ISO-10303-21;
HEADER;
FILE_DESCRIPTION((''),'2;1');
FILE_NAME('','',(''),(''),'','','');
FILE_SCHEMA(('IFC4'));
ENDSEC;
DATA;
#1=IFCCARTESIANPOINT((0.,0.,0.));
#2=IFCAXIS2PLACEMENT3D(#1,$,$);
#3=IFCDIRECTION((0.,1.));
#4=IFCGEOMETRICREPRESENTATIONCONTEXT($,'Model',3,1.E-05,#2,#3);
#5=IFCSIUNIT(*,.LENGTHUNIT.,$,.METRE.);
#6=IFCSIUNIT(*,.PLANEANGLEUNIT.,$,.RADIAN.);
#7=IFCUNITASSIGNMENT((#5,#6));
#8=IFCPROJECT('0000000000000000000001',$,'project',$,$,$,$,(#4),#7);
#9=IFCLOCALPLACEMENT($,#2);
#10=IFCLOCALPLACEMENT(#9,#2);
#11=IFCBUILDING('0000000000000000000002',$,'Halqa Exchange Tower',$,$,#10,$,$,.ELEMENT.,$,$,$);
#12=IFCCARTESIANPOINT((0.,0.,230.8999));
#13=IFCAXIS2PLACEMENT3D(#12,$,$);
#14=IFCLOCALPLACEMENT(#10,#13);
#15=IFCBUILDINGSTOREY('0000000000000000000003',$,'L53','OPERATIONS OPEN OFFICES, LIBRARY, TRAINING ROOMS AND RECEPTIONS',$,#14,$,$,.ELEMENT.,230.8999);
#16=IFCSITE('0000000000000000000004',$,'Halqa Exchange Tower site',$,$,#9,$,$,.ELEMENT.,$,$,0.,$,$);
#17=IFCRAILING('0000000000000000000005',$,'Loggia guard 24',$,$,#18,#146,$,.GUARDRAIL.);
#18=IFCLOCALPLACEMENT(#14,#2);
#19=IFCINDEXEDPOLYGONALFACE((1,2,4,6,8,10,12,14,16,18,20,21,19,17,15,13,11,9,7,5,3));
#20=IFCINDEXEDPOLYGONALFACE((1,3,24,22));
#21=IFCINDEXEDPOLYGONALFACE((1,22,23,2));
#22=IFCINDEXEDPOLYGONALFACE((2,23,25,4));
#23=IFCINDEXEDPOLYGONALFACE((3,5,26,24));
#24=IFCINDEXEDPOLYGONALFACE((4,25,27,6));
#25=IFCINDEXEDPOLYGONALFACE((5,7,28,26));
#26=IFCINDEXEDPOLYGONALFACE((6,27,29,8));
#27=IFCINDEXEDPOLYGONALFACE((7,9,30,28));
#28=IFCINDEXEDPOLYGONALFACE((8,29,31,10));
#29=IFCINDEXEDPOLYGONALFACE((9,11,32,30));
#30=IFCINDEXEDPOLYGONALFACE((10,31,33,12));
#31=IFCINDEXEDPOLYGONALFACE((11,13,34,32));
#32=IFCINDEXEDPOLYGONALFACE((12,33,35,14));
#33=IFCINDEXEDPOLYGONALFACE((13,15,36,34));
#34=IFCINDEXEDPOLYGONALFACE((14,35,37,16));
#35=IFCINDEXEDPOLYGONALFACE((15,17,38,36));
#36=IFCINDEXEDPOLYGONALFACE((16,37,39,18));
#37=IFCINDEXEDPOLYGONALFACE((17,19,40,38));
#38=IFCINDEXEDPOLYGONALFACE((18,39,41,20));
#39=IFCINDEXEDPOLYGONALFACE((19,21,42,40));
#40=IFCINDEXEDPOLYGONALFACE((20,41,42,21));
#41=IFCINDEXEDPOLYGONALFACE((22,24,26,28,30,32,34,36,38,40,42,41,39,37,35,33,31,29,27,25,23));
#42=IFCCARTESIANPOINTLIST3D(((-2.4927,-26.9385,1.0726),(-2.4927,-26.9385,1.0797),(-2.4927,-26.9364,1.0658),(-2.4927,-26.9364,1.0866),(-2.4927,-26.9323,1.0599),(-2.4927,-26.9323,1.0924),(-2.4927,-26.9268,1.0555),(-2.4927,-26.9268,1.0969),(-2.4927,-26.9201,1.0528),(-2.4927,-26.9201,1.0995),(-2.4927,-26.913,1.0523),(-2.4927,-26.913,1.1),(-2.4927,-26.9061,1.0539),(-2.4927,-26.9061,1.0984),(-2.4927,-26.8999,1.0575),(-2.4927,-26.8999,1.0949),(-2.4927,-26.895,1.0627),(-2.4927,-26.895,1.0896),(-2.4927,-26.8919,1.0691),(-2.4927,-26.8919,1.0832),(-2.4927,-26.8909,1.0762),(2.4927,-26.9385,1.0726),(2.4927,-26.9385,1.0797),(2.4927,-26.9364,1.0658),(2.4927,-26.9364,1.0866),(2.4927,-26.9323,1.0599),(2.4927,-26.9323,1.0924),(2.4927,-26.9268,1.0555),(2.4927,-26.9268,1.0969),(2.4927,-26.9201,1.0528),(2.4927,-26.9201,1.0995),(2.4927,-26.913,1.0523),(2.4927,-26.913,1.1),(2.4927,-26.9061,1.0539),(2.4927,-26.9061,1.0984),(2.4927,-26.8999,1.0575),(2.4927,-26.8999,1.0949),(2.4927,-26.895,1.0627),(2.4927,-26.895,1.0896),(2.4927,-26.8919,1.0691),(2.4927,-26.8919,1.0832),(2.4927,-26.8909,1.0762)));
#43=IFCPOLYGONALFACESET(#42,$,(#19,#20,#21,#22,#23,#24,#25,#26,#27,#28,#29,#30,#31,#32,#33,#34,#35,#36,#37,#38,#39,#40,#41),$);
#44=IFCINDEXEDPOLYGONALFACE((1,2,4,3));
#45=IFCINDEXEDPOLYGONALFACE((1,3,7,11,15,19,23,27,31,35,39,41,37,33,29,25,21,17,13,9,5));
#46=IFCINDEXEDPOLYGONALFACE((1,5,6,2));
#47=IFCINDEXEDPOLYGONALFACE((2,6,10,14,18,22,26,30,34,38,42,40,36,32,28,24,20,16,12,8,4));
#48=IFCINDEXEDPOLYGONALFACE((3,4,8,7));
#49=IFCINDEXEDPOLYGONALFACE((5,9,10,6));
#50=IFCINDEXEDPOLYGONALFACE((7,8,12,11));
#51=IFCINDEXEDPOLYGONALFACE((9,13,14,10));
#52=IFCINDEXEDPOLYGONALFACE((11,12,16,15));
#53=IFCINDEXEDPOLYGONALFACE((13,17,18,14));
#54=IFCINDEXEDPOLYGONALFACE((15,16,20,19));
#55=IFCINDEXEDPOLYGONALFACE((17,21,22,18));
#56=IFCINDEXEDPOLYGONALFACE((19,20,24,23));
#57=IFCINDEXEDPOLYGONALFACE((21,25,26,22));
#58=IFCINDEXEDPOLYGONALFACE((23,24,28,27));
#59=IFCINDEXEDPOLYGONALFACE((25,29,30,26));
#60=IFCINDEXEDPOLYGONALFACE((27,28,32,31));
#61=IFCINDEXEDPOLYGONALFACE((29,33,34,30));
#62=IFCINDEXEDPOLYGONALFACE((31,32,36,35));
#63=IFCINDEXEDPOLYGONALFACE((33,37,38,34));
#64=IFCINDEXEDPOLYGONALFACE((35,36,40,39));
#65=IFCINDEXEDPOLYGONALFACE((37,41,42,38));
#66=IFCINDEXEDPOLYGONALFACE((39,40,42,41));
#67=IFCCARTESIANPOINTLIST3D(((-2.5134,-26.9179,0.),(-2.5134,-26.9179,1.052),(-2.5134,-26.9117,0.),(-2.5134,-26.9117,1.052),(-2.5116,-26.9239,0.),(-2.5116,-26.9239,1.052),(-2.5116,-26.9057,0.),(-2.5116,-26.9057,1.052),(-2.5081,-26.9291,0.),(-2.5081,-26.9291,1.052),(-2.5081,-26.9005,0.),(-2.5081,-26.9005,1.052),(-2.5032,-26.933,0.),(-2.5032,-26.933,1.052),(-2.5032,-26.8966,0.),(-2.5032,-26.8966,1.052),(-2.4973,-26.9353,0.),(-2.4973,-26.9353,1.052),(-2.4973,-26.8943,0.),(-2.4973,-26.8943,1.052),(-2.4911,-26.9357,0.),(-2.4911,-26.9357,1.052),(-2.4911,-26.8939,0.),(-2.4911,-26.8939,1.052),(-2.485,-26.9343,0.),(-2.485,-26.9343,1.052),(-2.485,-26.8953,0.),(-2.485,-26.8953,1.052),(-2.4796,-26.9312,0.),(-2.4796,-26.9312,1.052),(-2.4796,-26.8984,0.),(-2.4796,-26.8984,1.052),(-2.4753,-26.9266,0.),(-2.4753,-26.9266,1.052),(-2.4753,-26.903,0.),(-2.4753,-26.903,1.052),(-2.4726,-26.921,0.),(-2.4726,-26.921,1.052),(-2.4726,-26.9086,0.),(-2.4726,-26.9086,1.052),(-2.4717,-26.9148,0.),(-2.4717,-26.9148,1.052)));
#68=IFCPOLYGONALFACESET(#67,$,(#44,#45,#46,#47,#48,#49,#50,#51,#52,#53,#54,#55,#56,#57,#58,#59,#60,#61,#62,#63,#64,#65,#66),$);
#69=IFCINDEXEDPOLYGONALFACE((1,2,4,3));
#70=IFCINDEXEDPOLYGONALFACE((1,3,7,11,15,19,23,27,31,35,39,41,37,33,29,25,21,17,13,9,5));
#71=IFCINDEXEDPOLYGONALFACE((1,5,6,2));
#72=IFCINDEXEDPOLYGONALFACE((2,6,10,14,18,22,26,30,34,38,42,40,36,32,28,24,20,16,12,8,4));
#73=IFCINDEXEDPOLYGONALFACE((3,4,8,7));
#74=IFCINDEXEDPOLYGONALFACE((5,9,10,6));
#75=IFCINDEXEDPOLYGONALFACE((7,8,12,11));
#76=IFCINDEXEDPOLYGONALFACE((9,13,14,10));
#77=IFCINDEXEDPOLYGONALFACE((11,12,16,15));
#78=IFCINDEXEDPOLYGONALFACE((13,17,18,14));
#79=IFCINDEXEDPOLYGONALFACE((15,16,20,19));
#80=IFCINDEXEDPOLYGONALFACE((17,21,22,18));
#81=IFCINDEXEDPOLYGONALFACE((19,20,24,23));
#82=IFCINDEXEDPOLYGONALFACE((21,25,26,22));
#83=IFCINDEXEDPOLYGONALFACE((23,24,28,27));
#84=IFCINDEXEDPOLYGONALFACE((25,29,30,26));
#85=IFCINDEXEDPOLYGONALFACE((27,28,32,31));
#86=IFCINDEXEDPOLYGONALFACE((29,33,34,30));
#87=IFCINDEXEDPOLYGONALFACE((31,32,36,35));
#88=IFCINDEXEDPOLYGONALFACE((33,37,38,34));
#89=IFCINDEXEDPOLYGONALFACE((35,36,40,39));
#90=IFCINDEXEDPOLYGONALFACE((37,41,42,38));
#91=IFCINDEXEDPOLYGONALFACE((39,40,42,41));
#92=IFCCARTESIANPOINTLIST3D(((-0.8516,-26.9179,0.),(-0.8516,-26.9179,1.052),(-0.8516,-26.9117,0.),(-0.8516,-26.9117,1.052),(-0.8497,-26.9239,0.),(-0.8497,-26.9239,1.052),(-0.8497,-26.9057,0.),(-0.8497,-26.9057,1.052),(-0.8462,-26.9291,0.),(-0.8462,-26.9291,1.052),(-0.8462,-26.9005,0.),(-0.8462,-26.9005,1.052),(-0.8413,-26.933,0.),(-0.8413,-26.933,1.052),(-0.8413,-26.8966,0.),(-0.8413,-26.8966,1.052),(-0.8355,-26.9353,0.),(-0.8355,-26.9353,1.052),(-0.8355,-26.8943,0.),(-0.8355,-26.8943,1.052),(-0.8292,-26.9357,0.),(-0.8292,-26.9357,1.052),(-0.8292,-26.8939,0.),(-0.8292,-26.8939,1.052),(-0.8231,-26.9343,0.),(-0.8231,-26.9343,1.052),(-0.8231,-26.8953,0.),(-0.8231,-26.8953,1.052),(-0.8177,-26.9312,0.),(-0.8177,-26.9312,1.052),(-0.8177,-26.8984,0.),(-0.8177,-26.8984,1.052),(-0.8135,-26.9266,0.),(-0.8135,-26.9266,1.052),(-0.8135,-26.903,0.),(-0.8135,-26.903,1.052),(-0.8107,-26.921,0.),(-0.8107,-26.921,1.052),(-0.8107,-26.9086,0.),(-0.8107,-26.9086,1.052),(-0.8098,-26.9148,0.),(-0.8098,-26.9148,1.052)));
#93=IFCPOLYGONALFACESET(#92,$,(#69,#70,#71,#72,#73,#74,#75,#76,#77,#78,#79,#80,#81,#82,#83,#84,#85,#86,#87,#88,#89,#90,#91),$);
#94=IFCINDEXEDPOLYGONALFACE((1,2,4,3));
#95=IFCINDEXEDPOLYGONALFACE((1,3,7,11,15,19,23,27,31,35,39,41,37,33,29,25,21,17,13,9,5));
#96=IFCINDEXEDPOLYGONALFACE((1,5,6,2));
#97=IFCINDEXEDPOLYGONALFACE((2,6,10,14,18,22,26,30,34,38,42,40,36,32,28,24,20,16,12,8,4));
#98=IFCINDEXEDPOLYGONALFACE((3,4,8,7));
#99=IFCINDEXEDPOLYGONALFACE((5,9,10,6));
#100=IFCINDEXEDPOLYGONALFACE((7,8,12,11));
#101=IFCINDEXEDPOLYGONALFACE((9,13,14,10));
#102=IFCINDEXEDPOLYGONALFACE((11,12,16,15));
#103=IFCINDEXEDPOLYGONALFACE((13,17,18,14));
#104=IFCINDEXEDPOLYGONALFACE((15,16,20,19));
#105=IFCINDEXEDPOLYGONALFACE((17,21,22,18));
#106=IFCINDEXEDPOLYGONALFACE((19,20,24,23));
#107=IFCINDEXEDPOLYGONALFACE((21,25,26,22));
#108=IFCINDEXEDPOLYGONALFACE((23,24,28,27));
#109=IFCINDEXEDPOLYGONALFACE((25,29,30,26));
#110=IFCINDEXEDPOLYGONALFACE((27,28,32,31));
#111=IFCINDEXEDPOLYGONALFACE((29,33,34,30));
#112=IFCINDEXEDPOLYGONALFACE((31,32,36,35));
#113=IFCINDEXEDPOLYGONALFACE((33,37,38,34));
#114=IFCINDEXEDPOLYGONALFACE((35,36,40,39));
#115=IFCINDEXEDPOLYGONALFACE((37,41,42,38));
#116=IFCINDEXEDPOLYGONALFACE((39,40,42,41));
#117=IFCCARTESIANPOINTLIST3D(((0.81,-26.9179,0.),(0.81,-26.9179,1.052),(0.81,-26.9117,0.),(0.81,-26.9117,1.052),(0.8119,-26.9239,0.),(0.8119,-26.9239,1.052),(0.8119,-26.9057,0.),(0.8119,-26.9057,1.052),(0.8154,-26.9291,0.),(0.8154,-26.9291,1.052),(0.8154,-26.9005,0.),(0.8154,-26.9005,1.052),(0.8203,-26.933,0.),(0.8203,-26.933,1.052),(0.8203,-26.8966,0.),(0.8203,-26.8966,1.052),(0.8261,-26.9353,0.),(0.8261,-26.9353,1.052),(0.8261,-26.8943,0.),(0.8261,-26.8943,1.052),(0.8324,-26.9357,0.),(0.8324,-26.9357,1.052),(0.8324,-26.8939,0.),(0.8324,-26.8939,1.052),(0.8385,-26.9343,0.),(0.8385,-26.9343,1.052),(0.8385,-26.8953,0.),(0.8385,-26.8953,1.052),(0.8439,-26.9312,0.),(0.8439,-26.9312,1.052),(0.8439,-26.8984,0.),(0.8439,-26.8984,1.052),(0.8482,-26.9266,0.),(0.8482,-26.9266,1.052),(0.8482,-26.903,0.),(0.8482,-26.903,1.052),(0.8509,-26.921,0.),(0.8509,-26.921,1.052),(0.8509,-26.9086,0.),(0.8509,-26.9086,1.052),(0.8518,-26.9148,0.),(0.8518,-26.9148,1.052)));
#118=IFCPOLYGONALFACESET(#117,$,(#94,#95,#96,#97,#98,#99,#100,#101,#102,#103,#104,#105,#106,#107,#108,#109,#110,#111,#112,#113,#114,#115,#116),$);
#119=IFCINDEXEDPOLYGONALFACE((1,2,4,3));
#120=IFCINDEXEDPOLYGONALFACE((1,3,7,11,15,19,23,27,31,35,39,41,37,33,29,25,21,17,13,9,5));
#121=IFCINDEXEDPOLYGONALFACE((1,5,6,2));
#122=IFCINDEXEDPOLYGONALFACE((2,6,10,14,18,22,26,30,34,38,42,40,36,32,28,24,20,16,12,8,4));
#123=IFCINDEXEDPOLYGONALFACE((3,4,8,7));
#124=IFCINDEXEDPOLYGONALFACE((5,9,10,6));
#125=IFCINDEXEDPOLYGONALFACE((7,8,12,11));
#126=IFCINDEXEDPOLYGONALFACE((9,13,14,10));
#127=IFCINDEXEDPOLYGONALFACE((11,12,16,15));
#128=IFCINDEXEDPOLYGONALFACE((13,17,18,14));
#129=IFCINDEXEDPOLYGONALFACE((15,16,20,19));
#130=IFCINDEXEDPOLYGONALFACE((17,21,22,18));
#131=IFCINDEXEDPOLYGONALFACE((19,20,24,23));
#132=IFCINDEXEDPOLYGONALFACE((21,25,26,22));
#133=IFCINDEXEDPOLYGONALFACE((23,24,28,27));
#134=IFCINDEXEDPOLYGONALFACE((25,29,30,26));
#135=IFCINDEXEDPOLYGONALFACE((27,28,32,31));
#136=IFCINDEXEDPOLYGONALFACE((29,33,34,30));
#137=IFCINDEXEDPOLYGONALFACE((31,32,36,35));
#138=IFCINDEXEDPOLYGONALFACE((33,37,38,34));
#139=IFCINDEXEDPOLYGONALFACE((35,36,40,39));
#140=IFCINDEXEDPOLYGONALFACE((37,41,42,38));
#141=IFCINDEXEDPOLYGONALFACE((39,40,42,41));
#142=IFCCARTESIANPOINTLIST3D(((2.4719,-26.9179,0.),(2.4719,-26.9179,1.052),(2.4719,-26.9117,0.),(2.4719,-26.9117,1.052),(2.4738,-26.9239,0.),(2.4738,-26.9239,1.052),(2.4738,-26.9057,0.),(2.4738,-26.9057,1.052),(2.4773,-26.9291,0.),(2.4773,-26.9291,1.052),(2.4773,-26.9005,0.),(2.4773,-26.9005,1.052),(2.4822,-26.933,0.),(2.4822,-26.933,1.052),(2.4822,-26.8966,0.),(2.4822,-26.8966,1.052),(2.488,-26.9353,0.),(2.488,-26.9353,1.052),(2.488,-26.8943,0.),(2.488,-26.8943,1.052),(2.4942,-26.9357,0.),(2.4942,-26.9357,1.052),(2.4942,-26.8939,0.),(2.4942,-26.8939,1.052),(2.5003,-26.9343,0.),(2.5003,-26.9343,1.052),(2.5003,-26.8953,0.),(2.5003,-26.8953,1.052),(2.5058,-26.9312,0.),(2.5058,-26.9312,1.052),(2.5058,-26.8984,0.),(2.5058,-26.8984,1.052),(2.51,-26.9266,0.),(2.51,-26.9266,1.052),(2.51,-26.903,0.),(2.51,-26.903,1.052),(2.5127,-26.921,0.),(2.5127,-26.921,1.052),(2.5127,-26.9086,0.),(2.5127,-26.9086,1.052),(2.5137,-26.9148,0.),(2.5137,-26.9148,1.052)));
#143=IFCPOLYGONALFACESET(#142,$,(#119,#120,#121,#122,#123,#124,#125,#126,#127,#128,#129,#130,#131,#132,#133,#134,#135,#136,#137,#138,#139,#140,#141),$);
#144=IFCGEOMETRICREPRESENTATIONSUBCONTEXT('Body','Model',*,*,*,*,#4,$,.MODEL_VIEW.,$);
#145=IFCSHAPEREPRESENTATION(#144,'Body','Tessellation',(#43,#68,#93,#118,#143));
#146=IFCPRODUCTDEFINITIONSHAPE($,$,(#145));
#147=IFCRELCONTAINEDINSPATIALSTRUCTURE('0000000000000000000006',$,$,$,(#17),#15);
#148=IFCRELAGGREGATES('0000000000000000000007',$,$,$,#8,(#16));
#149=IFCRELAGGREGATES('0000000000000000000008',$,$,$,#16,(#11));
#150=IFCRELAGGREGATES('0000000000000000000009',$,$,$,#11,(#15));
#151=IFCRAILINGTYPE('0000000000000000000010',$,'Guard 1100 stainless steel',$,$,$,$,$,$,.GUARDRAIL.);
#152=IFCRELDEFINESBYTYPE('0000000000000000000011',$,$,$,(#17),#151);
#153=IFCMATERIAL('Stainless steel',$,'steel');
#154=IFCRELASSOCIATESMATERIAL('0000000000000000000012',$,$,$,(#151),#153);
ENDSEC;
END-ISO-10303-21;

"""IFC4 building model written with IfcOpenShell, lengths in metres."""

from ifc_helpers import new_model, si_unit, direction, frame, origin, origin_2d, place, context, subcontext, project, spatial, circle, extrude, material, type_object, element, save


model = new_model("IFC4")

# Units and contexts
model_context = context("Model", 3, precision=1e-05, world=origin(), true_north=direction((0.0, 1.0)))
body_context = subcontext(model_context, "Body", "Model", "MODEL_VIEW")
ifc_project = project(units=[si_unit("LENGTHUNIT", "METRE"), si_unit("PLANEANGLEUNIT", "RADIAN")], contexts=[model_context])

# Site, building, storey
site_placement = place(None, origin())
site = spatial("IfcSite", under=ifc_project, at=site_placement, Name="Halqa Exchange Tower site", CompositionType="ELEMENT", RefElevation=0.0)
building_placement = place(site_placement, origin())
building = spatial("IfcBuilding", under=site, at=building_placement, Name="Halqa Exchange Tower", CompositionType="ELEMENT")
storey_placement = place(building_placement, frame((0.0, 0.0, 230.8999)))
storey = spatial("IfcBuildingStorey", under=building, at=storey_placement, Name="L53", Description="OPERATIONS OPEN OFFICES, LIBRARY, TRAINING ROOMS AND RECEPTIONS", CompositionType="ELEMENT", Elevation=230.8999)

# Railing
ifc_material_1 = material(Name="Stainless steel", Category="steel")
railing_type = type_object("IfcRailingType", Name="Guard 1100 stainless steel", PredefinedType="GUARDRAIL", material=ifc_material_1)
railing_1_placement = place(storey_placement, frame((-2.4927, -26.9148, 0.0)))
element("IfcRailing", 1, at=railing_1_placement, inside=storey, type_object=railing_type, Name="Loggia guard 24", PredefinedType="GUARDRAIL", context=body_context, shape_type="SweptSolid", body=[
    extrude(circle(Radius=0.0239, at=origin_2d()), frame((0.0, 0.0, 1.0762), z_axis=(1.0, 0.0, 0.0), x_axis=(0.0, 1.0, 0.0)), (0.0, 0.0, 1.0), 4.9854),
    extrude(circle(Radius=0.021, at=origin_2d()), origin(), (0.0, 0.0, 1.0), 1.052),
    extrude(circle(Radius=0.021, at=origin_2d()), frame((1.6619, 0.0, 0.0)), (0.0, 0.0, 1.0), 1.052),
    extrude(circle(Radius=0.021, at=origin_2d()), frame((3.3235, 0.0, 0.0)), (0.0, 0.0, 1.0), 1.052),
    extrude(circle(Radius=0.021, at=origin_2d()), frame((4.9854, 0.0, 0.0)), (0.0, 0.0, 1.0), 1.052),
])

save(model, "model.ifc")
